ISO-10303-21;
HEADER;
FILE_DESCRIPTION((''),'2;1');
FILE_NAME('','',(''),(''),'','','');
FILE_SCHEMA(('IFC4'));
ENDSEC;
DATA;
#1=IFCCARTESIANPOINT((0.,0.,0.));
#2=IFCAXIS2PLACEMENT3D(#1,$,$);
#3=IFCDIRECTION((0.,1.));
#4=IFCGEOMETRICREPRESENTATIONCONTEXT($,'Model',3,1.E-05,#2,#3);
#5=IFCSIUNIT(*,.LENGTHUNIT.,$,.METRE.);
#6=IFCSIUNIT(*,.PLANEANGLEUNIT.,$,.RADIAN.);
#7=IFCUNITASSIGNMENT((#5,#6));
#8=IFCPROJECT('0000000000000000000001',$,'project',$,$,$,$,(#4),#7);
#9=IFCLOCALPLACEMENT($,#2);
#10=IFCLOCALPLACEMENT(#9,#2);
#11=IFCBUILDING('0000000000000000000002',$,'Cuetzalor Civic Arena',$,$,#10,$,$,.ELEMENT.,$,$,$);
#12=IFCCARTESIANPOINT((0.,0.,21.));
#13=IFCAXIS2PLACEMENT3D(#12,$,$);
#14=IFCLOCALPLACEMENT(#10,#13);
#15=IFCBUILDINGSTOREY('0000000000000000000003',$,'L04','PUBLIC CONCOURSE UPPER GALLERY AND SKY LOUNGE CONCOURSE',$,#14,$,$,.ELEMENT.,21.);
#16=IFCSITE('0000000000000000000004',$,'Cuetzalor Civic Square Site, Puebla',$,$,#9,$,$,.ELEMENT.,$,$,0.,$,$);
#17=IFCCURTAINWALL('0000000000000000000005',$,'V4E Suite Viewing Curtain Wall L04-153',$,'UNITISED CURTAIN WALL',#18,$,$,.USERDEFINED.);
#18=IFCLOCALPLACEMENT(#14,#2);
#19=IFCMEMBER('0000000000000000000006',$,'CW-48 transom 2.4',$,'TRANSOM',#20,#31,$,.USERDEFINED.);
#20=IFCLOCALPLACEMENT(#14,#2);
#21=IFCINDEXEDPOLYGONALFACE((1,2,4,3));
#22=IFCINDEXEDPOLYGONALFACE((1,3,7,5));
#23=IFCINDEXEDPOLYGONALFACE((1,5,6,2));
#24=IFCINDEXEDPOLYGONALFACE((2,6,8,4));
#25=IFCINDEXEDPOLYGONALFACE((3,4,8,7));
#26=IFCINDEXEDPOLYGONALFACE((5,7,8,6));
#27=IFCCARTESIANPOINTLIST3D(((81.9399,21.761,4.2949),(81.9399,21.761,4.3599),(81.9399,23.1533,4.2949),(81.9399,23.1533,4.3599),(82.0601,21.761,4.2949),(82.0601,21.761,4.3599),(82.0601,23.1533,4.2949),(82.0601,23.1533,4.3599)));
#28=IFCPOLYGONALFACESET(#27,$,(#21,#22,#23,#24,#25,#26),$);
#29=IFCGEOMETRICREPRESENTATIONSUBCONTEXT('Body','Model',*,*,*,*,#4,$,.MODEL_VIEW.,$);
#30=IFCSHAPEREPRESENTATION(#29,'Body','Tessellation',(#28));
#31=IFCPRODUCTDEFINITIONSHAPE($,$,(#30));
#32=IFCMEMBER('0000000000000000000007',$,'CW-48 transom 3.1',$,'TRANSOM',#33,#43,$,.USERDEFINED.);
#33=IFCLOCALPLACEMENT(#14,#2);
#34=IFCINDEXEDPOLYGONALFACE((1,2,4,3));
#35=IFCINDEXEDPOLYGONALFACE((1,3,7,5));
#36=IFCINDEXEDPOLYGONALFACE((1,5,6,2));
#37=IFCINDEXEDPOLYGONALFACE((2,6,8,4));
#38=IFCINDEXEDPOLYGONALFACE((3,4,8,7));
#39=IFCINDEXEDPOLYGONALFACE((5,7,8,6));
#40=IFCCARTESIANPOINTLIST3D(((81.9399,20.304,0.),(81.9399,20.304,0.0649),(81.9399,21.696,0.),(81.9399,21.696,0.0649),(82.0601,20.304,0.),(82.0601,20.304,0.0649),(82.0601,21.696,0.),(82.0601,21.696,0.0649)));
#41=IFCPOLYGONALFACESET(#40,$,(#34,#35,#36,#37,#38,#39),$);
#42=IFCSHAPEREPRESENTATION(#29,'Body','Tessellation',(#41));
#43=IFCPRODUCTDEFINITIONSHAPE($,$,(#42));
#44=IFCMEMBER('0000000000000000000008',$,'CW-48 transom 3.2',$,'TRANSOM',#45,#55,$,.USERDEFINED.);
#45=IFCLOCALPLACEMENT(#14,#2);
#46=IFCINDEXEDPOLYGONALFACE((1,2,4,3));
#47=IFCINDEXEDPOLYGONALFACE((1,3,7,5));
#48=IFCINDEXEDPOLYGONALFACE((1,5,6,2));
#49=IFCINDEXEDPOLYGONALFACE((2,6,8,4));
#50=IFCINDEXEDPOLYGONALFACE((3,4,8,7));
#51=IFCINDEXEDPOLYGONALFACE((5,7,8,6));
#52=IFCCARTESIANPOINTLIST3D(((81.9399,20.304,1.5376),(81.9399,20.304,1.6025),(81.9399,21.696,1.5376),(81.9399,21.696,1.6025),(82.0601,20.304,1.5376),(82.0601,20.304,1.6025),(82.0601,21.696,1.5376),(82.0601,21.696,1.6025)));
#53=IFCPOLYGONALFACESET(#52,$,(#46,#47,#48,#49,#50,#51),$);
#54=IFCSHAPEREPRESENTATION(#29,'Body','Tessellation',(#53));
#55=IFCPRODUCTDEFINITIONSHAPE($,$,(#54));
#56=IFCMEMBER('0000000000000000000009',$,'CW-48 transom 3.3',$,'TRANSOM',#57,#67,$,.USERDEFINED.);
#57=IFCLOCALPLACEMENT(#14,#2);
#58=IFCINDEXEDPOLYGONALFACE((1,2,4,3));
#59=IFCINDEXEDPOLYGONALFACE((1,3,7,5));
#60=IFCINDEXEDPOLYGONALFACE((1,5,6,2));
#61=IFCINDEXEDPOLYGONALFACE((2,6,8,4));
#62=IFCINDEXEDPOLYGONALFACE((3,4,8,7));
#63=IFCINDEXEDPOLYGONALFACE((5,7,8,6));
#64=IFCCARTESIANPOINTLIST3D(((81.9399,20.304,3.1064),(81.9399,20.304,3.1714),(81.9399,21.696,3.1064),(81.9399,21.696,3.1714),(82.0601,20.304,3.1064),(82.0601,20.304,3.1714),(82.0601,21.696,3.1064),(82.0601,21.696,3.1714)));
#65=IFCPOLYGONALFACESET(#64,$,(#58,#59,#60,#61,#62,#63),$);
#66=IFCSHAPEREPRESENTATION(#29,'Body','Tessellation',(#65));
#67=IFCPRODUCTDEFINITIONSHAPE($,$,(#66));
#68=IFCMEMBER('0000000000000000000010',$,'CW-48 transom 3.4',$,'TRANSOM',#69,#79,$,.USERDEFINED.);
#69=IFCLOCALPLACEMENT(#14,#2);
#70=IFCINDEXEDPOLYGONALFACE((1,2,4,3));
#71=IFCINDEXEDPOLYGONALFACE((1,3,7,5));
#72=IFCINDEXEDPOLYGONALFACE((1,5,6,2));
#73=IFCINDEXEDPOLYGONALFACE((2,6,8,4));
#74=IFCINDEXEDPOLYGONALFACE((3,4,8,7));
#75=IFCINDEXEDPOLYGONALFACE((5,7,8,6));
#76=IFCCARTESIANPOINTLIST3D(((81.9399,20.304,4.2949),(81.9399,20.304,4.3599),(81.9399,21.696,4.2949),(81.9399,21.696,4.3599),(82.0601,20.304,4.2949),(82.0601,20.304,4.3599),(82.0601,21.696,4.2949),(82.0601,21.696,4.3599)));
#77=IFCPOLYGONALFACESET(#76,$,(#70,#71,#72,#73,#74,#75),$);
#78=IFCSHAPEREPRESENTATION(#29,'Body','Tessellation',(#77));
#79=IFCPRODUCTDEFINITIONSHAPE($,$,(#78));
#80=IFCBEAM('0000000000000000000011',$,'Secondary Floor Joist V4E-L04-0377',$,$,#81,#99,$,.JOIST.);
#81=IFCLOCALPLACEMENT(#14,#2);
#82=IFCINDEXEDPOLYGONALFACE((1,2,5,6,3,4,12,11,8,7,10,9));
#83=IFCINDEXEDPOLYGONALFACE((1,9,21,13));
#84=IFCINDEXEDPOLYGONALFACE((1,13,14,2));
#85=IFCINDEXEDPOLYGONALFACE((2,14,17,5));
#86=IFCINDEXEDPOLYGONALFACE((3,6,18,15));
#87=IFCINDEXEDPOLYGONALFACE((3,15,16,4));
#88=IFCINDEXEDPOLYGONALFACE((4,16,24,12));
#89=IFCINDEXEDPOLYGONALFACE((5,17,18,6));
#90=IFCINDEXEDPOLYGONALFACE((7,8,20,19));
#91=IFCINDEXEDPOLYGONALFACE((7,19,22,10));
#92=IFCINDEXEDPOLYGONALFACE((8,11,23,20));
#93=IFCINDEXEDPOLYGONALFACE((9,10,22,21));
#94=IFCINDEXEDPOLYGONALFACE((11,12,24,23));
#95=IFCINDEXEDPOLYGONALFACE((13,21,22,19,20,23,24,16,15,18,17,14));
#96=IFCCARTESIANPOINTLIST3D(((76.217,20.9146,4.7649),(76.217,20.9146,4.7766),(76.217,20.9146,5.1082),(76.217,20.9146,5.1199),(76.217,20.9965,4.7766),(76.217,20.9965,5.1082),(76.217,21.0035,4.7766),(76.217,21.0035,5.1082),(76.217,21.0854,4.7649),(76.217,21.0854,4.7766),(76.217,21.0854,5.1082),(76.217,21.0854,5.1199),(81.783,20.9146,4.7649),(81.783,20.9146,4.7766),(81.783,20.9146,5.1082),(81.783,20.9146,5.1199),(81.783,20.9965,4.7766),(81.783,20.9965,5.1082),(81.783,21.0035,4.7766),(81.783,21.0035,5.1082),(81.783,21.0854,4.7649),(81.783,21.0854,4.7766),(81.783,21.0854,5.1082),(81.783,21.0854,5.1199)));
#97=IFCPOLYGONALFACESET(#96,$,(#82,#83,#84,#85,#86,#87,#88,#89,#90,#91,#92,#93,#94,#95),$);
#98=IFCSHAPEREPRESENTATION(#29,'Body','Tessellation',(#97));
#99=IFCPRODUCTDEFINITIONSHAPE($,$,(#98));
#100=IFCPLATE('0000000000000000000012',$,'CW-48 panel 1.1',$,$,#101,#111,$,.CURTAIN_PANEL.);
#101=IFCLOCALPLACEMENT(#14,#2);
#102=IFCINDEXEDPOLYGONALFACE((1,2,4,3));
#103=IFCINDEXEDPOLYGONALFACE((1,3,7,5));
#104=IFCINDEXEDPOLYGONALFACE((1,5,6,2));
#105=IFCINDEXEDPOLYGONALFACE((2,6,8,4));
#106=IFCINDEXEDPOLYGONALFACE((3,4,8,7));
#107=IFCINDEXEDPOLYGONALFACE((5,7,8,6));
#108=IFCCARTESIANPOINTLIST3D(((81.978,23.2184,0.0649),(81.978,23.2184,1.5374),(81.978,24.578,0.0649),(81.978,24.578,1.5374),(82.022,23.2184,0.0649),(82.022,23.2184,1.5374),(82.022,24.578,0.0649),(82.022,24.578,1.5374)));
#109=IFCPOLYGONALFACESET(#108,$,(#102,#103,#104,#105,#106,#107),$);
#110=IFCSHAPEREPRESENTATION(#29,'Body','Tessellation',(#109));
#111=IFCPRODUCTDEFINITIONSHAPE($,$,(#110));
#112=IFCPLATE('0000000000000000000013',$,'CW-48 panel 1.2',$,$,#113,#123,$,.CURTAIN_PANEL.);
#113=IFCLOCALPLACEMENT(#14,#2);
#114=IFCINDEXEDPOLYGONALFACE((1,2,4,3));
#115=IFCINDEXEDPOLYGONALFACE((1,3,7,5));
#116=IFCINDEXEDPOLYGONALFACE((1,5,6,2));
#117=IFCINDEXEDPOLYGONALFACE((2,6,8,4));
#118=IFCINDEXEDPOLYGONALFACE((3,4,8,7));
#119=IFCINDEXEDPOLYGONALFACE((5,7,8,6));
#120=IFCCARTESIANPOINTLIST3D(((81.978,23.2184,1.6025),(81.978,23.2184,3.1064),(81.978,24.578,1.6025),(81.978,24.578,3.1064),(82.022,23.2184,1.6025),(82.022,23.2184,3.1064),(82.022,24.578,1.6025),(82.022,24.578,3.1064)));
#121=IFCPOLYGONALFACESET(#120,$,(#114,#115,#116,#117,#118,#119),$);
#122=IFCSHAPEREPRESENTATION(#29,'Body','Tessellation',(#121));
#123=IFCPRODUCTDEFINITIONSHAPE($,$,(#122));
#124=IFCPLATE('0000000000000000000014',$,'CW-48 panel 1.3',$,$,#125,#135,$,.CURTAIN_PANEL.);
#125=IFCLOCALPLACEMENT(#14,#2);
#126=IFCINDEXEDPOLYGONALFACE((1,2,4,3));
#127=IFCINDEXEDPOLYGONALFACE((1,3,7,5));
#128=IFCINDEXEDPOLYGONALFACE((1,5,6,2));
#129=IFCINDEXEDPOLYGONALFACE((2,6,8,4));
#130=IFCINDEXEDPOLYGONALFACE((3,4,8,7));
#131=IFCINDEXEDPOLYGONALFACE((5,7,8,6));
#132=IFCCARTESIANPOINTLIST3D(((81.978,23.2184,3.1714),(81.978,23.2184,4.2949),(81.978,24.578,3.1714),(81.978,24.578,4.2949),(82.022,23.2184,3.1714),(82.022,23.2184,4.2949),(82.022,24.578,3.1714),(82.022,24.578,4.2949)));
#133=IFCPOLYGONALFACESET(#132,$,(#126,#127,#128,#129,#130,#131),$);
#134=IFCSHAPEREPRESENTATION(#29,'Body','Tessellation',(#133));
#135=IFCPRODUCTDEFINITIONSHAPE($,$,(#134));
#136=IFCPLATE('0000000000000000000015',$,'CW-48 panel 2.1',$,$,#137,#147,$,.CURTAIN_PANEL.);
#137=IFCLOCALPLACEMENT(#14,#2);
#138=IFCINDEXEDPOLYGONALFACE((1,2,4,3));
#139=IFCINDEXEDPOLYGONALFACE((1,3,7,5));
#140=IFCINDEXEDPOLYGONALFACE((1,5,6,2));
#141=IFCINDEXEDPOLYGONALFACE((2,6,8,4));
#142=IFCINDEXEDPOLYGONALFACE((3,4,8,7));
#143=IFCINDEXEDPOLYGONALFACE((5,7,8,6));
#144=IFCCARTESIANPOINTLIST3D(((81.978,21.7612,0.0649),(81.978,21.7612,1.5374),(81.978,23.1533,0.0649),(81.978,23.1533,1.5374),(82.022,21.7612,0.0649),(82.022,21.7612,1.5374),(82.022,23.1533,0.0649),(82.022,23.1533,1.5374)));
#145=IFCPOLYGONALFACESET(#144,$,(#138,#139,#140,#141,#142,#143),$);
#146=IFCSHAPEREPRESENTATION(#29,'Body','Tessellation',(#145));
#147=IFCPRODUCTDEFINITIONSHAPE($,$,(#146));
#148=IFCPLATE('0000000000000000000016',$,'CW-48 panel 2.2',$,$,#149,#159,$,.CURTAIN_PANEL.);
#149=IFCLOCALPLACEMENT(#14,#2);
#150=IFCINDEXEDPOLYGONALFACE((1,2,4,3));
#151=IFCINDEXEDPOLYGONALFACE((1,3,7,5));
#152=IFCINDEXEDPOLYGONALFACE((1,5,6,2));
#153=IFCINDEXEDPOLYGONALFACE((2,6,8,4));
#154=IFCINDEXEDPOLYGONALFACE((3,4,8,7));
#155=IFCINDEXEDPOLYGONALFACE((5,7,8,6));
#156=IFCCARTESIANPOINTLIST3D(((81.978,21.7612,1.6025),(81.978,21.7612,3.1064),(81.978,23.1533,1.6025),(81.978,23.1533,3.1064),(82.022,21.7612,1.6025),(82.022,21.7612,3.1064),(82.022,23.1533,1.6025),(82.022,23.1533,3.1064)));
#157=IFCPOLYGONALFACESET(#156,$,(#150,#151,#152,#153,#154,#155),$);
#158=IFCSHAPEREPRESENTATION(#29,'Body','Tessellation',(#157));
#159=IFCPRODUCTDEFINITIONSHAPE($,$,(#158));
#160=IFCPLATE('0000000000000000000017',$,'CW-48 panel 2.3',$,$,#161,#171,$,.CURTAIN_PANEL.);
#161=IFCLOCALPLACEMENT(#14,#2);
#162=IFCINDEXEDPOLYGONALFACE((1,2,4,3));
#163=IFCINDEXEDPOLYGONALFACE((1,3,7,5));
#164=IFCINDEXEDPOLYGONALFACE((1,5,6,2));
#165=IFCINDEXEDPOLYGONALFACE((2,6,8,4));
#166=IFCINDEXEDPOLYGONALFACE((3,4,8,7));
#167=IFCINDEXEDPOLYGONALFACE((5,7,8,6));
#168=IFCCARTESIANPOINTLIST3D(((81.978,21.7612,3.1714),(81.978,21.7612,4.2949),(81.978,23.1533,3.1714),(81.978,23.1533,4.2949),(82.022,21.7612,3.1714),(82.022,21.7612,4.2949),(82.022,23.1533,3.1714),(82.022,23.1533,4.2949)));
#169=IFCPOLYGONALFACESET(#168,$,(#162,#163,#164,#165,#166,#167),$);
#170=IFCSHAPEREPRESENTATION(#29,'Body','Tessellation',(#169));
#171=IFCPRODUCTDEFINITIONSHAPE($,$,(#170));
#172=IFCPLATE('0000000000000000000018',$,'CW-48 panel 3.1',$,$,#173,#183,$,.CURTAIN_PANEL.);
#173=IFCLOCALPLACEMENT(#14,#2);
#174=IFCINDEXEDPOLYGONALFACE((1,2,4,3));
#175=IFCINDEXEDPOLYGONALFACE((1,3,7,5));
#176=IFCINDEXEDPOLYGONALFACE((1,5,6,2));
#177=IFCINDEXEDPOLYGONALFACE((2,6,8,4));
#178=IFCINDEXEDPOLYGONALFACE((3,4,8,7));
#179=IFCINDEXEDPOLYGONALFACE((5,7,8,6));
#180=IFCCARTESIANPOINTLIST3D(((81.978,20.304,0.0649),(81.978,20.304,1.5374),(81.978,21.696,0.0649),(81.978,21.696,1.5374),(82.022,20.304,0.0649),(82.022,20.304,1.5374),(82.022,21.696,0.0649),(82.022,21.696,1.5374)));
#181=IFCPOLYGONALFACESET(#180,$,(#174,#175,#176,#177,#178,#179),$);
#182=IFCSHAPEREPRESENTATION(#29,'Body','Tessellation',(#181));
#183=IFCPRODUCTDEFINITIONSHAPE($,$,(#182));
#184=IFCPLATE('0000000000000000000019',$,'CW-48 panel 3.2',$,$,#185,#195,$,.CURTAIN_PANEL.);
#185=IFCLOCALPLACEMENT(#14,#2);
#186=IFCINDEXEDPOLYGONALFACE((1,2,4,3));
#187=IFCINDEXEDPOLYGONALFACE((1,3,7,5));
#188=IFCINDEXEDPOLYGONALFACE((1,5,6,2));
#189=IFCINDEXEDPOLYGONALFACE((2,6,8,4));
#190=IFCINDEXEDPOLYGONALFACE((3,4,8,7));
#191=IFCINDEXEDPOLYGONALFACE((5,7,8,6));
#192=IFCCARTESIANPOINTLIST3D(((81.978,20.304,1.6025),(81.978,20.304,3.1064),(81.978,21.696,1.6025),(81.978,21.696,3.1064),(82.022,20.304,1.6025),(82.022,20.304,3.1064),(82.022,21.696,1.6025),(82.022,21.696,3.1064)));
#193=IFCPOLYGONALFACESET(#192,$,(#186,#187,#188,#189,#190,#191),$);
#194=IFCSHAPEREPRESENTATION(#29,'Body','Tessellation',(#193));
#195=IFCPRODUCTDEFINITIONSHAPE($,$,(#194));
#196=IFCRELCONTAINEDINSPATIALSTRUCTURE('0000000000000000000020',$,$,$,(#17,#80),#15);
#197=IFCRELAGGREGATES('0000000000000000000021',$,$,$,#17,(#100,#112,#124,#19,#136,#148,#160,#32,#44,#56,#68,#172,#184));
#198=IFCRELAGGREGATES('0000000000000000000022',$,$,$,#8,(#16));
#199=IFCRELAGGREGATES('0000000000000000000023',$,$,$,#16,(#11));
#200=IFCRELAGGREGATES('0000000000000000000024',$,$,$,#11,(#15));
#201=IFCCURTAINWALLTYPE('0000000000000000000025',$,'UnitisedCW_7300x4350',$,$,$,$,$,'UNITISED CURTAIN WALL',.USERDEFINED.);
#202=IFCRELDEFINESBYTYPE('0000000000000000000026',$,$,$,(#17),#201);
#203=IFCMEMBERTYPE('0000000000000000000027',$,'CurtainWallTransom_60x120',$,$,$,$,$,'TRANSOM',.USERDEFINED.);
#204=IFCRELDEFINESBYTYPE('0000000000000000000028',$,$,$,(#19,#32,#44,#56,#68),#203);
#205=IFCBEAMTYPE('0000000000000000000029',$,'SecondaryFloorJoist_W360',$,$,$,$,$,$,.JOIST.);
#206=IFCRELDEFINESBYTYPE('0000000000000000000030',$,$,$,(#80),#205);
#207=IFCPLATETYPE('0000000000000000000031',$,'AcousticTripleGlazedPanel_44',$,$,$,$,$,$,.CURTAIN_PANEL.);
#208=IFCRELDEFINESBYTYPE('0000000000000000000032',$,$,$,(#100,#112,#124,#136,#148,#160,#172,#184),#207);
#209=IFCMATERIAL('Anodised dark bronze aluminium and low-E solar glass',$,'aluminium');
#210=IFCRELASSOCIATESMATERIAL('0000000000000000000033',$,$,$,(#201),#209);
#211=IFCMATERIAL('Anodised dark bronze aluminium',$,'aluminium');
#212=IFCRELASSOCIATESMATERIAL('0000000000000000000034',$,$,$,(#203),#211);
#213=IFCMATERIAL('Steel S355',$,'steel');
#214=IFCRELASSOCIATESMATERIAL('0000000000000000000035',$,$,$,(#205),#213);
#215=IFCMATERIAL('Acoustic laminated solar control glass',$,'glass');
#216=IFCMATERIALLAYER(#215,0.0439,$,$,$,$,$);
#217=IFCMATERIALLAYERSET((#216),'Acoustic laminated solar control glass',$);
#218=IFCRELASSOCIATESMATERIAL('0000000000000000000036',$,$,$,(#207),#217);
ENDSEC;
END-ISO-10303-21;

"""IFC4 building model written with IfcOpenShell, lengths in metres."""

from ifc_helpers import new_model, si_unit, direction, frame, origin, origin_2d, place, context, subcontext, project, spatial, rectangle, i_section, extrude, material, layer, layer_set, material_profile, profile_set, type_object, element, aggregate, save


model = new_model("IFC4")

# Units and contexts
model_context = context("Model", 3, precision=1e-05, world=origin(), true_north=direction((0.0, 1.0)))
body_context = subcontext(model_context, "Body", "Model", "MODEL_VIEW")
ifc_project = project(units=[si_unit("LENGTHUNIT", "METRE"), si_unit("PLANEANGLEUNIT", "RADIAN")], contexts=[model_context])

# Site, building, storey
site_placement = place(None, origin())
site = spatial("IfcSite", under=ifc_project, at=site_placement, Name="Cuetzalor Civic Square Site, Puebla", CompositionType="ELEMENT", RefElevation=0.0)
building_placement = place(site_placement, origin())
building = spatial("IfcBuilding", under=site, at=building_placement, Name="Cuetzalor Civic Arena", CompositionType="ELEMENT")
storey_placement = place(building_placement, frame((0.0, 0.0, 21.0)))
storey = spatial("IfcBuildingStorey", under=building, at=storey_placement, Name="L04", Description="PUBLIC CONCOURSE UPPER GALLERY AND SKY LOUNGE CONCOURSE", CompositionType="ELEMENT", Elevation=21.0)

# Curtain wall, members
ifc_material_1 = material(Name="Anodised dark bronze aluminium and low-E solar glass", Category="aluminium")
curtain_wall_type = type_object("IfcCurtainWallType", Name="UnitisedCW_7300x4350", ElementType="UNITISED CURTAIN WALL", PredefinedType="USERDEFINED", material=ifc_material_1)
curtain_wall_placement = place(storey_placement, origin())
curtain_wall = element("IfcCurtainWall", 1, at=curtain_wall_placement, inside=storey, type_object=curtain_wall_type, Name="V4E Suite Viewing Curtain Wall L04-153", ObjectType="UNITISED CURTAIN WALL", PredefinedType="USERDEFINED")
ifc_material_2 = material(Name="Anodised dark bronze aluminium", Category="aluminium")
ifc_material_profile_1 = material_profile(ifc_material_2, rectangle(XDim=0.1201, YDim=0.0649, at=origin_2d()), Name="ALU TRANSOM 65x120")
ifc_profile_set_1 = profile_set([ifc_material_profile_1], Name="Anodised dark bronze aluminium")
member_type_1 = type_object("IfcMemberType", Name="CurtainWallTransom_60x120", ElementType="TRANSOM", PredefinedType="USERDEFINED", material=ifc_profile_set_1)
member_1_placement = place(storey_placement, frame((82.0, 23.1533, 4.3274), z_axis=(0.0, -1.0, 0.0), x_axis=(1.0, 0.0, 0.0)))
member_1 = element("IfcMember", 2, at=member_1_placement, type_object=member_type_1, Name="CW-48 transom 2.4", ObjectType="TRANSOM", PredefinedType="USERDEFINED", context=body_context, shape_type="SweptSolid", body=[
    extrude(rectangle(XDim=0.1201, YDim=0.0649, at=origin_2d()), origin(), (0.0, 0.0, 1.0), 1.3923),
])
member_2_placement = place(storey_placement, frame((82.0, 21.696, 0.0325), z_axis=(0.0, -1.0, 0.0), x_axis=(1.0, 0.0, 0.0)))
member_2 = element("IfcMember", 3, at=member_2_placement, type_object=member_type_1, Name="CW-48 transom 3.1", ObjectType="TRANSOM", PredefinedType="USERDEFINED", context=body_context, shape_type="SweptSolid", body=[
    extrude(rectangle(XDim=0.1201, YDim=0.0649, at=origin_2d()), origin(), (0.0, 0.0, 1.0), 1.3921),
])
member_3_placement = place(storey_placement, frame((82.0, 21.696, 1.5701), z_axis=(0.0, -1.0, 0.0), x_axis=(1.0, 0.0, 0.0)))
member_3 = element("IfcMember", 4, at=member_3_placement, type_object=member_type_1, Name="CW-48 transom 3.2", ObjectType="TRANSOM", PredefinedType="USERDEFINED", context=body_context, shape_type="SweptSolid", body=[
    extrude(rectangle(XDim=0.1201, YDim=0.0649, at=origin_2d()), origin(), (0.0, 0.0, 1.0), 1.3921),
])
member_4_placement = place(storey_placement, frame((82.0, 21.696, 3.1389), z_axis=(0.0, -1.0, 0.0), x_axis=(1.0, 0.0, 0.0)))
member_4 = element("IfcMember", 5, at=member_4_placement, type_object=member_type_1, Name="CW-48 transom 3.3", ObjectType="TRANSOM", PredefinedType="USERDEFINED", context=body_context, shape_type="SweptSolid", body=[
    extrude(rectangle(XDim=0.1201, YDim=0.0649, at=origin_2d()), origin(), (0.0, 0.0, 1.0), 1.3921),
])
member_5_placement = place(storey_placement, frame((82.0, 21.696, 4.3274), z_axis=(0.0, -1.0, 0.0), x_axis=(1.0, 0.0, 0.0)))
member_5 = element("IfcMember", 6, at=member_5_placement, type_object=member_type_1, Name="CW-48 transom 3.4", ObjectType="TRANSOM", PredefinedType="USERDEFINED", context=body_context, shape_type="SweptSolid", body=[
    extrude(rectangle(XDim=0.1201, YDim=0.0649, at=origin_2d()), origin(), (0.0, 0.0, 1.0), 1.3921),
])

# Beam
ifc_material_3 = material(Name="Steel S355", Category="steel")
ifc_material_profile_2 = material_profile(ifc_material_3, i_section(OverallWidth=0.1709, OverallDepth=0.355, WebThickness=0.0071, FlangeThickness=0.0117, at=origin_2d()), Name="W360x51")
ifc_profile_set_2 = profile_set([ifc_material_profile_2], Name="Steel S355")
beam_type_1 = type_object("IfcBeamType", Name="SecondaryFloorJoist_W360", PredefinedType="JOIST", material=ifc_profile_set_2)
beam_1_placement = place(storey_placement, frame((76.217, 21.0, 4.9424), z_axis=(1.0, 0.0, 0.0), x_axis=(0.0, 1.0, 0.0)))
element("IfcBeam", 7, at=beam_1_placement, inside=storey, type_object=beam_type_1, Name="Secondary Floor Joist V4E-L04-0377", PredefinedType="JOIST", context=body_context, shape_type="SweptSolid", body=[
    extrude(i_section(OverallWidth=0.1709, OverallDepth=0.355, WebThickness=0.0071, FlangeThickness=0.0117, at=origin_2d()), origin(), (0.0, 0.0, 1.0), 5.5659),
])

# Plates
ifc_material_4 = material(Name="Acoustic laminated solar control glass", Category="glass")
ifc_layer_1 = layer(ifc_material_4, 0.0439)
ifc_layer_set_1 = layer_set([ifc_layer_1], Name="Acoustic laminated solar control glass")
plate_type = type_object("IfcPlateType", Name="AcousticTripleGlazedPanel_44", PredefinedType="CURTAIN_PANEL", material=ifc_layer_set_1)
plate_1_placement = place(storey_placement, frame((82.0, 23.8982, 0.0649), z_axis=(0.0, 0.0, 1.0), x_axis=(0.0, -1.0, 0.0)))
plate_1 = element("IfcPlate", 8, at=plate_1_placement, type_object=plate_type, Name="CW-48 panel 1.1", PredefinedType="CURTAIN_PANEL", context=body_context, shape_type="SweptSolid", body=[
    extrude(rectangle(XDim=1.3596, YDim=0.0439, at=origin_2d()), origin(), (0.0, 0.0, 1.0), 1.4724),
])
plate_2_placement = place(storey_placement, frame((82.0, 23.8982, 1.6025), z_axis=(0.0, 0.0, 1.0), x_axis=(0.0, -1.0, 0.0)))
plate_2 = element("IfcPlate", 9, at=plate_2_placement, type_object=plate_type, Name="CW-48 panel 1.2", PredefinedType="CURTAIN_PANEL", context=body_context, shape_type="SweptSolid", body=[
    extrude(rectangle(XDim=1.3596, YDim=0.0439, at=origin_2d()), origin(), (0.0, 0.0, 1.0), 1.5039),
])
plate_3_placement = place(storey_placement, frame((82.0, 23.8982, 3.1714), z_axis=(0.0, 0.0, 1.0), x_axis=(0.0, -1.0, 0.0)))
plate_3 = element("IfcPlate", 10, at=plate_3_placement, type_object=plate_type, Name="CW-48 panel 1.3", PredefinedType="CURTAIN_PANEL", context=body_context, shape_type="SweptSolid", body=[
    extrude(rectangle(XDim=1.3596, YDim=0.0439, at=origin_2d()), origin(), (0.0, 0.0, 1.0), 1.1235),
])
plate_4_placement = place(storey_placement, frame((82.0, 22.4573, 0.0649), z_axis=(0.0, 0.0, 1.0), x_axis=(0.0, -1.0, 0.0)))
plate_4 = element("IfcPlate", 11, at=plate_4_placement, type_object=plate_type, Name="CW-48 panel 2.1", PredefinedType="CURTAIN_PANEL", context=body_context, shape_type="SweptSolid", body=[
    extrude(rectangle(XDim=1.3921, YDim=0.0439, at=origin_2d()), origin(), (0.0, 0.0, 1.0), 1.4724),
])
plate_5_placement = place(storey_placement, frame((82.0, 22.4573, 1.6025), z_axis=(0.0, 0.0, 1.0), x_axis=(0.0, -1.0, 0.0)))
plate_5 = element("IfcPlate", 12, at=plate_5_placement, type_object=plate_type, Name="CW-48 panel 2.2", PredefinedType="CURTAIN_PANEL", context=body_context, shape_type="SweptSolid", body=[
    extrude(rectangle(XDim=1.3921, YDim=0.0439, at=origin_2d()), origin(), (0.0, 0.0, 1.0), 1.5039),
])
plate_6_placement = place(storey_placement, frame((82.0, 22.4573, 3.1714), z_axis=(0.0, 0.0, 1.0), x_axis=(0.0, -1.0, 0.0)))
plate_6 = element("IfcPlate", 13, at=plate_6_placement, type_object=plate_type, Name="CW-48 panel 2.3", PredefinedType="CURTAIN_PANEL", context=body_context, shape_type="SweptSolid", body=[
    extrude(rectangle(XDim=1.3921, YDim=0.0439, at=origin_2d()), origin(), (0.0, 0.0, 1.0), 1.1235),
])
plate_7_placement = place(storey_placement, frame((82.0, 21.0, 0.0649), z_axis=(0.0, 0.0, 1.0), x_axis=(0.0, -1.0, 0.0)))
plate_7 = element("IfcPlate", 14, at=plate_7_placement, type_object=plate_type, Name="CW-48 panel 3.1", PredefinedType="CURTAIN_PANEL", context=body_context, shape_type="SweptSolid", body=[
    extrude(rectangle(XDim=1.3921, YDim=0.0439, at=origin_2d()), origin(), (0.0, 0.0, 1.0), 1.4724),
])
plate_8_placement = place(storey_placement, frame((82.0, 21.0, 1.6025), z_axis=(0.0, 0.0, 1.0), x_axis=(0.0, -1.0, 0.0)))
plate_8 = element("IfcPlate", 15, at=plate_8_placement, type_object=plate_type, Name="CW-48 panel 3.2", PredefinedType="CURTAIN_PANEL", context=body_context, shape_type="SweptSolid", body=[
    extrude(rectangle(XDim=1.3921, YDim=0.0439, at=origin_2d()), origin(), (0.0, 0.0, 1.0), 1.5039),
])
aggregate(curtain_wall, [plate_1, plate_2, plate_3, member_1, plate_4, plate_5, plate_6, member_2, member_3, member_4, member_5, plate_7, plate_8])

save(model, "model.ifc")
